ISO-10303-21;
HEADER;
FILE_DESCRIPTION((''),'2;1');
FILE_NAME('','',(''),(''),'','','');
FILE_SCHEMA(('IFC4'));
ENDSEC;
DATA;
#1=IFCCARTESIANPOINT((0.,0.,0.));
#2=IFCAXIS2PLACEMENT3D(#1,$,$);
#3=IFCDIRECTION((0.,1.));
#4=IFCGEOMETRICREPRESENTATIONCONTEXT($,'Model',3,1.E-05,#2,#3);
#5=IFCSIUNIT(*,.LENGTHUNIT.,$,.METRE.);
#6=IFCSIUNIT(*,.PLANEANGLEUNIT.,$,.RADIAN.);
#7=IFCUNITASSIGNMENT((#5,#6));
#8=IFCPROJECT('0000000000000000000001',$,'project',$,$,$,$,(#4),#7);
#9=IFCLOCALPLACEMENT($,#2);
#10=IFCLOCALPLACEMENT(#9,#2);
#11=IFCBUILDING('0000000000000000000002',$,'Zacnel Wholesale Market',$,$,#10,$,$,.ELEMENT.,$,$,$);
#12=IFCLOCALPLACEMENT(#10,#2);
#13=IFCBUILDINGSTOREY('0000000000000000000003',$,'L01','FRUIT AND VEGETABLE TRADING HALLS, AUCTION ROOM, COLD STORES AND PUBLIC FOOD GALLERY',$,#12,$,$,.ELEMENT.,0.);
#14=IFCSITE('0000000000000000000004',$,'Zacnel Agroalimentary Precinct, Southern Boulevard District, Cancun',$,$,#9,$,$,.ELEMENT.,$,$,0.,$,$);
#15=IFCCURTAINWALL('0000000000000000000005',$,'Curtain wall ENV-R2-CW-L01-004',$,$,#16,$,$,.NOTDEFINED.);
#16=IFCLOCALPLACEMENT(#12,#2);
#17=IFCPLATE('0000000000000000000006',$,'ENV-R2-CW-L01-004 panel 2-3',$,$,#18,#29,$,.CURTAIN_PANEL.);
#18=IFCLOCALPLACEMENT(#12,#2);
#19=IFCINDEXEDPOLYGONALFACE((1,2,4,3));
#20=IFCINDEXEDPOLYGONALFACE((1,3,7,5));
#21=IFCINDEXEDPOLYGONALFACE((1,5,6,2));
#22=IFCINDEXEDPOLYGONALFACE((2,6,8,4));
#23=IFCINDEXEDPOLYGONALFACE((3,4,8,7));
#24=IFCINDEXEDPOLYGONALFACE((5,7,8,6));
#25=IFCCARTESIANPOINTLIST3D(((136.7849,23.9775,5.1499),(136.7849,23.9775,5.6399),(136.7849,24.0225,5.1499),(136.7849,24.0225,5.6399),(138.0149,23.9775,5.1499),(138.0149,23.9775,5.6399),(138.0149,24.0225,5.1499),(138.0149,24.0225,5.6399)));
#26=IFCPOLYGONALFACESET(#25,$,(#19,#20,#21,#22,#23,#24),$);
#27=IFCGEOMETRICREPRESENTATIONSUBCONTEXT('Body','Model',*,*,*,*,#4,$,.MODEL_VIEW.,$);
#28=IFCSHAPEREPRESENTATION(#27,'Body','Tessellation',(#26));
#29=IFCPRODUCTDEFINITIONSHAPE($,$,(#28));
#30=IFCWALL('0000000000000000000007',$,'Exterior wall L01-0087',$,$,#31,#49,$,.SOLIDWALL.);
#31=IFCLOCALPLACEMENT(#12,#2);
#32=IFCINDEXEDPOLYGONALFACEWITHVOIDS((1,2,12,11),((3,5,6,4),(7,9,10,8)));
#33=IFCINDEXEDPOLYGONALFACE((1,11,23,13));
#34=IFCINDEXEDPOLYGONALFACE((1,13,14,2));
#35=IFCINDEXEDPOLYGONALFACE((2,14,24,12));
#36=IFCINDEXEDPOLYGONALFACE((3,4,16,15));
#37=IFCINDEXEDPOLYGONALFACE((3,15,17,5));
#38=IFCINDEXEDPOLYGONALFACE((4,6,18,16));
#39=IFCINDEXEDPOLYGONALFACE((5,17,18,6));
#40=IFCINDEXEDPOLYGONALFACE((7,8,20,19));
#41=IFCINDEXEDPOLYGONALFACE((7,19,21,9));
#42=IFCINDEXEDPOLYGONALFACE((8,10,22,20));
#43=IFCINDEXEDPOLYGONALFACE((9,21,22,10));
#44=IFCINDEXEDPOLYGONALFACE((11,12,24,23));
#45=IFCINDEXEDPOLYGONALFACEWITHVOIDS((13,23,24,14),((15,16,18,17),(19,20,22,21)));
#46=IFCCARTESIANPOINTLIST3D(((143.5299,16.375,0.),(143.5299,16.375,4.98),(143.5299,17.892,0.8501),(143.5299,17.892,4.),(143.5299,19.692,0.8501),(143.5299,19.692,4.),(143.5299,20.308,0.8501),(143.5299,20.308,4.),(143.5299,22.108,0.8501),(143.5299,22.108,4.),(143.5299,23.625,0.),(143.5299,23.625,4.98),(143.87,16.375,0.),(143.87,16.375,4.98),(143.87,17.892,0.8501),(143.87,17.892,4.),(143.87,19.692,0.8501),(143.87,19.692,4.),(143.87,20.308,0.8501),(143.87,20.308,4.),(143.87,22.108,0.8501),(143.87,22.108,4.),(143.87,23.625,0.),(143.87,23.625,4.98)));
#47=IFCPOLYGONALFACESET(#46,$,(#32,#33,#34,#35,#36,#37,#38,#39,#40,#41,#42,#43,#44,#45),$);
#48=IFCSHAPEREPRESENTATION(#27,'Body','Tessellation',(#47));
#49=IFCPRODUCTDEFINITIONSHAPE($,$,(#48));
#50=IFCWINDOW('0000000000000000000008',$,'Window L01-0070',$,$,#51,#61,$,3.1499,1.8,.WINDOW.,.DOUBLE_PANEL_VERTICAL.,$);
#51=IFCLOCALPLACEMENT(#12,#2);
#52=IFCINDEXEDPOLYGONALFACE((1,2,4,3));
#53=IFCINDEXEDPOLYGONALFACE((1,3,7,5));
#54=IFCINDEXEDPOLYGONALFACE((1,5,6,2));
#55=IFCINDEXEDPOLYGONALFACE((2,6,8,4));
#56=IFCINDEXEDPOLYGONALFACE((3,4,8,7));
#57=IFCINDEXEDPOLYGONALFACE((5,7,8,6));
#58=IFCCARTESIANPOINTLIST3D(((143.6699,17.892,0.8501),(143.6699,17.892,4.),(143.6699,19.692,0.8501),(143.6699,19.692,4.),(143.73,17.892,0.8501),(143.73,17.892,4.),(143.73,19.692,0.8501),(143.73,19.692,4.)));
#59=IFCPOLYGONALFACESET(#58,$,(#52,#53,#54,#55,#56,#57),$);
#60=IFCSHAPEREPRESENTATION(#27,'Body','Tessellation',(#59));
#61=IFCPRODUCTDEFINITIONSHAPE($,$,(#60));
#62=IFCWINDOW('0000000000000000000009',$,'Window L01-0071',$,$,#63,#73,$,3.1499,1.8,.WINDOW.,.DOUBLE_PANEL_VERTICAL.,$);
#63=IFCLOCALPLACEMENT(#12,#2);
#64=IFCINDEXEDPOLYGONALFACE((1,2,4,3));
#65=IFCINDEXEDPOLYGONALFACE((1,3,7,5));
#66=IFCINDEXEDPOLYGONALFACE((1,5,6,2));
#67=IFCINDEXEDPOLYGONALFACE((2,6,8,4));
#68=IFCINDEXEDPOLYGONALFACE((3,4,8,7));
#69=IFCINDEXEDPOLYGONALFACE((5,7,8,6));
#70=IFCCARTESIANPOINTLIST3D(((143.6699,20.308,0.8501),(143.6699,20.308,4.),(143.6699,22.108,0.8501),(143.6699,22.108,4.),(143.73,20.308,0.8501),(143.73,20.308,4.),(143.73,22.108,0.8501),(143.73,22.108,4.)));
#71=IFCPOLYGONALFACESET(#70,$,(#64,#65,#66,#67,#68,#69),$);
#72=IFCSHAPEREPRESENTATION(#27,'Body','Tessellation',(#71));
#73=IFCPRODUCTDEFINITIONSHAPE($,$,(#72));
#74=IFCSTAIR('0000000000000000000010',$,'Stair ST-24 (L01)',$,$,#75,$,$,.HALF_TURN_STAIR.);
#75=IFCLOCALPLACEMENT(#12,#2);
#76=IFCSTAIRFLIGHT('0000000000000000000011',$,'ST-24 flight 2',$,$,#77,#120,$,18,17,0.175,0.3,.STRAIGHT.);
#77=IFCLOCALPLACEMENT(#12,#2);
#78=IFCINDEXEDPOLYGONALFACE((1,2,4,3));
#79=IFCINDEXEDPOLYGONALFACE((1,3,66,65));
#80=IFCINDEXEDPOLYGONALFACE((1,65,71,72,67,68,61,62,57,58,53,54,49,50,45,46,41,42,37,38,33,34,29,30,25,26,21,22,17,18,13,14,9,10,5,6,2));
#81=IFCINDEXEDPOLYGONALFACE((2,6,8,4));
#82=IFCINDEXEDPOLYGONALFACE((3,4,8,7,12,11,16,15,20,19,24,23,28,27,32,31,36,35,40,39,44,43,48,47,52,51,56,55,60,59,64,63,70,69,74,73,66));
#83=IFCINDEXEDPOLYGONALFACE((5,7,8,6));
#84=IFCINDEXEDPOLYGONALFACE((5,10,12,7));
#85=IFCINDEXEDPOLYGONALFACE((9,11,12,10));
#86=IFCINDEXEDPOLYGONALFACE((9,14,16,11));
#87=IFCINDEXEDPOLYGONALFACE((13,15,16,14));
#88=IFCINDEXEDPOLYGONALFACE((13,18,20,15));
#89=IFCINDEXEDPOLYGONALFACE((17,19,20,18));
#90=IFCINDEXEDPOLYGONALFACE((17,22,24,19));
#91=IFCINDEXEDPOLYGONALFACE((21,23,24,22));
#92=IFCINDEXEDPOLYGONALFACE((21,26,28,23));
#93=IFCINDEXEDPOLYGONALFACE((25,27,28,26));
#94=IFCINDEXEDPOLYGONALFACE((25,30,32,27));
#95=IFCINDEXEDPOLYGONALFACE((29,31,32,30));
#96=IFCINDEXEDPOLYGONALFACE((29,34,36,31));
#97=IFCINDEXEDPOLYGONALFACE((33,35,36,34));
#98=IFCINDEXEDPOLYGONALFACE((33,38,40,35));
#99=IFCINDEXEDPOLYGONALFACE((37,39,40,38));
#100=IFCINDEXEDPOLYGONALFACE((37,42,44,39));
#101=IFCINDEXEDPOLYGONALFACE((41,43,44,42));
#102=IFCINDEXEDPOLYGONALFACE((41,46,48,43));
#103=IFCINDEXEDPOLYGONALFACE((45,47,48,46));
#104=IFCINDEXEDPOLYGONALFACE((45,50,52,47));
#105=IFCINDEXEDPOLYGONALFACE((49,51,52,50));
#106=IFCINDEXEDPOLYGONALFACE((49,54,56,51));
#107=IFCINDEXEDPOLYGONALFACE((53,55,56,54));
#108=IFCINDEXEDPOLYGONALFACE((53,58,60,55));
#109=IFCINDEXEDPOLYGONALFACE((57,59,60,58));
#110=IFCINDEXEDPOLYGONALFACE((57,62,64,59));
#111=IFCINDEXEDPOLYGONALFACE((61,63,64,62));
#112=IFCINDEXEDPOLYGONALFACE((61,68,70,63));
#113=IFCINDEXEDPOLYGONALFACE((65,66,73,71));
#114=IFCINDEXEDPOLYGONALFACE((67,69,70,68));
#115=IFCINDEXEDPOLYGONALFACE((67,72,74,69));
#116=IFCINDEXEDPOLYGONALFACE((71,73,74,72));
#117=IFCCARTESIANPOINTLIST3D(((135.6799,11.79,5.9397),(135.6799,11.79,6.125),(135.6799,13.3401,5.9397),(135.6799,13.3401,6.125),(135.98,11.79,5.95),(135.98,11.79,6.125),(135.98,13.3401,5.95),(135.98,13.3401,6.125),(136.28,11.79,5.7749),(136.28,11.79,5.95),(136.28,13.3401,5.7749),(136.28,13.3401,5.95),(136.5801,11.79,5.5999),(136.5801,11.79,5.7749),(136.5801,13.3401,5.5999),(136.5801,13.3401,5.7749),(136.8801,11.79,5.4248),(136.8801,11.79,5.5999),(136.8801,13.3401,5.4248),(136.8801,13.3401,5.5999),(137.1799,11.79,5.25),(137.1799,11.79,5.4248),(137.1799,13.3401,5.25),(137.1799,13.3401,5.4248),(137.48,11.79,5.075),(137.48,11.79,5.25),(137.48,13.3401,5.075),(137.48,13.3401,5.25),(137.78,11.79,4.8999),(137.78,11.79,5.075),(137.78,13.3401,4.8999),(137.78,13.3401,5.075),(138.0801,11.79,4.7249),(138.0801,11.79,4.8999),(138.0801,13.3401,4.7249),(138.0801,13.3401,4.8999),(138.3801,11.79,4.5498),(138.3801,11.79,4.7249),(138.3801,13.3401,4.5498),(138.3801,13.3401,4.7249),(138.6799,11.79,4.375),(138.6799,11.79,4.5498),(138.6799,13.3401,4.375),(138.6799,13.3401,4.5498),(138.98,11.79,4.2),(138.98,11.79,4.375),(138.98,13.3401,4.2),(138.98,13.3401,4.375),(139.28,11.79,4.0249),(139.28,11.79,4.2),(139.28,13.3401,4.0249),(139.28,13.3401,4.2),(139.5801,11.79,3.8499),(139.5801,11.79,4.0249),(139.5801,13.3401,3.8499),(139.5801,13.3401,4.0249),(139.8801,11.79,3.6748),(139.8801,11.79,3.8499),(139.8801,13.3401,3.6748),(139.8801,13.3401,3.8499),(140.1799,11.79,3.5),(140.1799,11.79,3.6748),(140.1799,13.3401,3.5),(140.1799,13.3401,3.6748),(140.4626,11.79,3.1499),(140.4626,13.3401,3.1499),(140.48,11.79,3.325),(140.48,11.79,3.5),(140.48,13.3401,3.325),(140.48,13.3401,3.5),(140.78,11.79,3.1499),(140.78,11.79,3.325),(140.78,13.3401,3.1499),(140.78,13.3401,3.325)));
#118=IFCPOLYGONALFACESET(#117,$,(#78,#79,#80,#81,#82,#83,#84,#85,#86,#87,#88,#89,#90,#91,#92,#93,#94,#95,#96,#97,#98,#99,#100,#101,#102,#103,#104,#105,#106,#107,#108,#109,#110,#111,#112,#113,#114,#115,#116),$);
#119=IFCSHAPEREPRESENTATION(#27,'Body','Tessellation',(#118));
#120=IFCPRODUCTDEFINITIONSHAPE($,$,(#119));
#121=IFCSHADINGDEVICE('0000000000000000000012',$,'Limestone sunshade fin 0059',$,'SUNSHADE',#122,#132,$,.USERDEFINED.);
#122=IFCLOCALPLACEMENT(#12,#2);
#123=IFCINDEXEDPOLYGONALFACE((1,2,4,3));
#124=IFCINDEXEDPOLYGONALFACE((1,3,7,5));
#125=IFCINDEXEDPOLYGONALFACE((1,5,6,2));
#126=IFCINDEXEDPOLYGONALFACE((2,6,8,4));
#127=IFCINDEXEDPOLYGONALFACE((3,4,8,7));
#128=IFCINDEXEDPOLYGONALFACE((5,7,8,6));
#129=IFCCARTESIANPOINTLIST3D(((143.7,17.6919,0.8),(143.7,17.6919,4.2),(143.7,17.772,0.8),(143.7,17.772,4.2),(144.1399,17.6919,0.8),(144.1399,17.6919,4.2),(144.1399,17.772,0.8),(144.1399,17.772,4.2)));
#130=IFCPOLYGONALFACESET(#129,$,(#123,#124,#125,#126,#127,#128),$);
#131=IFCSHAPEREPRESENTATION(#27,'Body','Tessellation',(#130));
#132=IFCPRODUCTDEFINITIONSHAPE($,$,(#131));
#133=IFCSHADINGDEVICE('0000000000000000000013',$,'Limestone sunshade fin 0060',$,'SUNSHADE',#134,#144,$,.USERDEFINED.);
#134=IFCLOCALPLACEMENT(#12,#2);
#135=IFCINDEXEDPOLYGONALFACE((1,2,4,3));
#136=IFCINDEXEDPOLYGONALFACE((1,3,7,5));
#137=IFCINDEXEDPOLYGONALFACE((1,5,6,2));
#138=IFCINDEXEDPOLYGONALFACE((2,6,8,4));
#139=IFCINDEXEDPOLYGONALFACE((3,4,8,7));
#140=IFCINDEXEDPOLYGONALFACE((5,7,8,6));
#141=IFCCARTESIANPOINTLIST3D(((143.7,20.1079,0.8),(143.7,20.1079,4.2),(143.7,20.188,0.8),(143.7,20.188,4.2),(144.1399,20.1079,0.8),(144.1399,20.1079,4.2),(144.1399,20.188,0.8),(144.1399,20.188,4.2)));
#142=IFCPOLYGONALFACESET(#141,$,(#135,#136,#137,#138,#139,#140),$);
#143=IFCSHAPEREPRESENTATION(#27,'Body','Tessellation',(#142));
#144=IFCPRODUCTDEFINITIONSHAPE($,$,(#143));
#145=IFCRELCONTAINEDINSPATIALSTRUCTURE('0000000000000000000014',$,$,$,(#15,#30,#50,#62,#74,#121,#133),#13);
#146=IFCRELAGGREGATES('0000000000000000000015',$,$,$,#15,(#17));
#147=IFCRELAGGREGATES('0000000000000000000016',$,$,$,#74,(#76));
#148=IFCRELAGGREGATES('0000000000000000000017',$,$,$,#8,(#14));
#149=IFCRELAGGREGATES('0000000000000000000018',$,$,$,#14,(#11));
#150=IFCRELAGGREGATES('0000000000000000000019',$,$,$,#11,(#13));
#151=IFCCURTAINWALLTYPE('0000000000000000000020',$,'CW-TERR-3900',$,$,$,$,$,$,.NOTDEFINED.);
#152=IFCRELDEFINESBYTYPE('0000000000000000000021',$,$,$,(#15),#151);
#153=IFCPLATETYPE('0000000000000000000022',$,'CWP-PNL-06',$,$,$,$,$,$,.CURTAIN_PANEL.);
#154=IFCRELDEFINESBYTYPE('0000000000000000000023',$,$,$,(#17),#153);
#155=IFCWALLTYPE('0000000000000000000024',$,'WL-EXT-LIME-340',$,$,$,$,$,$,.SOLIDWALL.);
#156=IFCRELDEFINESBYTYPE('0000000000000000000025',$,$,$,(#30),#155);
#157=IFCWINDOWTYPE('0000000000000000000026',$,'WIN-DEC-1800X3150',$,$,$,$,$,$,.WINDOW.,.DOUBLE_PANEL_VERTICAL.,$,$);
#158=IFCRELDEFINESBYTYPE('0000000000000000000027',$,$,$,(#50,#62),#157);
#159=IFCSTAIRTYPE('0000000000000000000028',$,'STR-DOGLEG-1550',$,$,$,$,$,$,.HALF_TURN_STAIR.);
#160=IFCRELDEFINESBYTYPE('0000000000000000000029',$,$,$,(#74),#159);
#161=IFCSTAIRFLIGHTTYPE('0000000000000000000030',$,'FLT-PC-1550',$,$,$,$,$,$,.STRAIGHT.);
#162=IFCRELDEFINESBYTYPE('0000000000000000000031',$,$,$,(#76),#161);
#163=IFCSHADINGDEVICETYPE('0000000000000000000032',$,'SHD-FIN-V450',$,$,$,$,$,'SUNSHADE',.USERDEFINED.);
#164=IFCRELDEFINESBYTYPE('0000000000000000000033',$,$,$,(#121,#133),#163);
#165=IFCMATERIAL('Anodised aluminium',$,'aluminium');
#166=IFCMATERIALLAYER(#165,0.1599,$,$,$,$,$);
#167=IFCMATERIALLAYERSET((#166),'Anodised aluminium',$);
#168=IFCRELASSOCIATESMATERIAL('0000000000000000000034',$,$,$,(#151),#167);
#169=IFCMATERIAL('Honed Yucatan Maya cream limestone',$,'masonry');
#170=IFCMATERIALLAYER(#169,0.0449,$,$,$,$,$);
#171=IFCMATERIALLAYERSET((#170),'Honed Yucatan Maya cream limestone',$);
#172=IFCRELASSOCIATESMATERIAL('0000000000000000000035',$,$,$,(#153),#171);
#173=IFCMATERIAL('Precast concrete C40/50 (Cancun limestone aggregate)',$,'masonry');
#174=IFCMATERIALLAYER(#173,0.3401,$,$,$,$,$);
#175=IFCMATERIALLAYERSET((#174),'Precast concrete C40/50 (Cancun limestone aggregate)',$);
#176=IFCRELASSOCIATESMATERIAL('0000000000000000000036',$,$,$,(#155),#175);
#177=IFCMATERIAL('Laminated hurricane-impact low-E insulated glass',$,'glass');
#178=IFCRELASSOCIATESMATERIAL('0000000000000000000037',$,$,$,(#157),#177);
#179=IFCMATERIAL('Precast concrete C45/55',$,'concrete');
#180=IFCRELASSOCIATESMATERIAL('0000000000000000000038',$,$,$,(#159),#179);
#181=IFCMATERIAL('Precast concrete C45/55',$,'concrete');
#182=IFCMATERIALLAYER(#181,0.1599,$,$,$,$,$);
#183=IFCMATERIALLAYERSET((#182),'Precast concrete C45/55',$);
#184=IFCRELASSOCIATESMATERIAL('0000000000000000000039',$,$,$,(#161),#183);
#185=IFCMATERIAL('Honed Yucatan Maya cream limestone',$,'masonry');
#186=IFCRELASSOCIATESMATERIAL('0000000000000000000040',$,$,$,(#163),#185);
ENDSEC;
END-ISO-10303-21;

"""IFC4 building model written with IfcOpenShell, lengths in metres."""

from ifc_helpers import new_model, si_unit, direction, frame, frame_2d, origin, origin_2d, place, context, subcontext, project, spatial, polyline, rectangle, outline, extrude, material, layer, layer_set, type_object, element, fill, aggregate, save


model = new_model("IFC4")

# Units and contexts
model_context = context("Model", 3, precision=1e-05, world=origin(), true_north=direction((0.0, 1.0)))
body_context = subcontext(model_context, "Body", "Model", "MODEL_VIEW")
ifc_project = project(units=[si_unit("LENGTHUNIT", "METRE"), si_unit("PLANEANGLEUNIT", "RADIAN")], contexts=[model_context])

# Site, building, storey
site_placement = place(None, origin())
site = spatial("IfcSite", under=ifc_project, at=site_placement, Name="Zacnel Agroalimentary Precinct, Southern Boulevard District, Cancun", CompositionType="ELEMENT", RefElevation=0.0)
building_placement = place(site_placement, origin())
building = spatial("IfcBuilding", under=site, at=building_placement, Name="Zacnel Wholesale Market", CompositionType="ELEMENT")
storey_placement = place(building_placement, origin())
storey = spatial("IfcBuildingStorey", under=building, at=storey_placement, Name="L01", Description="FRUIT AND VEGETABLE TRADING HALLS, AUCTION ROOM, COLD STORES AND PUBLIC FOOD GALLERY", CompositionType="ELEMENT", Elevation=0.0)

# Curtain wall, plate
ifc_material_1 = material(Name="Anodised aluminium", Category="aluminium")
ifc_layer_1 = layer(ifc_material_1, 0.1599)
ifc_layer_set_1 = layer_set([ifc_layer_1], Name="Anodised aluminium")
curtain_wall_type = type_object("IfcCurtainWallType", Name="CW-TERR-3900", PredefinedType="NOTDEFINED", material=ifc_layer_set_1)
curtain_wall_placement = place(storey_placement, origin())
curtain_wall = element("IfcCurtainWall", 1, at=curtain_wall_placement, inside=storey, type_object=curtain_wall_type, Name="Curtain wall ENV-R2-CW-L01-004", PredefinedType="NOTDEFINED")
ifc_material_2 = material(Name="Honed Yucatan Maya cream limestone", Category="masonry")
ifc_layer_2 = layer(ifc_material_2, 0.0449)
ifc_layer_set_2 = layer_set([ifc_layer_2], Name="Honed Yucatan Maya cream limestone")
plate_type_1 = type_object("IfcPlateType", Name="CWP-PNL-06", PredefinedType="CURTAIN_PANEL", material=ifc_layer_set_2)
plate_1_placement = place(storey_placement, frame((137.3999, 24.0, 5.1499), z_axis=(0.0, 0.0, 1.0), x_axis=(1.0, 0.0, 0.0)))
plate_1 = element("IfcPlate", 2, at=plate_1_placement, type_object=plate_type_1, Name="ENV-R2-CW-L01-004 panel 2-3", PredefinedType="CURTAIN_PANEL", context=body_context, shape_type="SweptSolid", body=[
    extrude(rectangle(XDim=1.23, YDim=0.0449, at=origin_2d()), origin(), (0.0, 0.0, 1.0), 0.49),
])
aggregate(curtain_wall, [plate_1])

# Wall, openings, windows
ifc_material_3 = material(Name="Precast concrete C40/50 (Cancun limestone aggregate)", Category="masonry")
ifc_layer_3 = layer(ifc_material_3, 0.3401)
ifc_layer_set_3 = layer_set([ifc_layer_3], Name="Precast concrete C40/50 (Cancun limestone aggregate)")
wall_type = type_object("IfcWallType", Name="WL-EXT-LIME-340", PredefinedType="SOLIDWALL", material=ifc_layer_set_3)
wall_placement = place(storey_placement, frame((143.7, 16.375, 0.0), z_axis=(0.0, 0.0, 1.0), x_axis=(0.0, 1.0, 0.0)))
wall = element("IfcWall", 3, at=wall_placement, inside=storey, type_object=wall_type, Name="Exterior wall L01-0087", PredefinedType="SOLIDWALL", context=body_context, shape_type="SweptSolid", body=[
    extrude(rectangle(XDim=7.25, YDim=0.3401, at=frame_2d((3.625, 0.0))), origin(), (0.0, 0.0, 1.0), 4.98),
])
opening_1_placement = place(wall_placement, frame((1.5171, 0.0, 0.8501)))
opening_1 = element("IfcOpeningElement", 4, at=opening_1_placement, cuts=wall, PredefinedType="OPENING", context=body_context, shape_type="SweptSolid", body=[
    extrude(rectangle(XDim=1.8, YDim=3.1499, at=frame_2d((0.8999, 1.575))), frame((0.0, 0.1799, 0.0), z_axis=(0.0, -1.0, 0.0), x_axis=(1.0, 0.0, 0.0)), (0.0, 0.0, 1.0), 0.3601),
])
opening_2_placement = place(wall_placement, frame((3.9331, 0.0, 0.8501)))
opening_2 = element("IfcOpeningElement", 5, at=opening_2_placement, cuts=wall, PredefinedType="OPENING", context=body_context, shape_type="SweptSolid", body=[
    extrude(rectangle(XDim=1.8, YDim=3.1499, at=frame_2d((0.8999, 1.575))), frame((0.0, 0.1799, 0.0), z_axis=(0.0, -1.0, 0.0), x_axis=(1.0, 0.0, 0.0)), (0.0, 0.0, 1.0), 0.3601),
])
ifc_material_4 = material(Name="Laminated hurricane-impact low-E insulated glass", Category="glass")
window_type = type_object("IfcWindowType", Name="WIN-DEC-1800X3150", PartitioningType="DOUBLE_PANEL_VERTICAL", PredefinedType="WINDOW", material=ifc_material_4)
window_1_placement = place(opening_1_placement, origin())
window_1 = element("IfcWindow", 6, at=window_1_placement, inside=storey, type_object=window_type, Name="Window L01-0070", OverallHeight=3.1499, OverallWidth=1.8, PartitioningType="DOUBLE_PANEL_VERTICAL", PredefinedType="WINDOW", context=body_context, shape_type="SweptSolid", body=[
    extrude(rectangle(XDim=1.8, YDim=3.1499, at=frame_2d((0.8999, 1.575))), frame((0.0, 0.03, 0.0), z_axis=(0.0, -1.0, 0.0), x_axis=(1.0, 0.0, 0.0)), (0.0, 0.0, 1.0), 0.0601),
])
fill(opening_1, window_1)
window_2_placement = place(opening_2_placement, origin())
window_2 = element("IfcWindow", 7, at=window_2_placement, inside=storey, type_object=window_type, Name="Window L01-0071", OverallHeight=3.1499, OverallWidth=1.8, PartitioningType="DOUBLE_PANEL_VERTICAL", PredefinedType="WINDOW", context=body_context, shape_type="SweptSolid", body=[
    extrude(rectangle(XDim=1.8, YDim=3.1499, at=frame_2d((0.8999, 1.575))), frame((0.0, 0.03, 0.0), z_axis=(0.0, -1.0, 0.0), x_axis=(1.0, 0.0, 0.0)), (0.0, 0.0, 1.0), 0.0601),
])
fill(opening_2, window_2)

# Stair, stair flight
ifc_material_5 = material(Name="Precast concrete C45/55", Category="concrete")
stair_type = type_object("IfcStairType", Name="STR-DOGLEG-1550", PredefinedType="HALF_TURN_STAIR", material=ifc_material_5)
stair_placement = place(storey_placement, origin())
stair = element("IfcStair", 8, at=stair_placement, inside=storey, type_object=stair_type, Name="Stair ST-24 (L01)", PredefinedType="HALF_TURN_STAIR")
ifc_material_6 = material(Name="Precast concrete C45/55", Category="concrete")
ifc_layer_4 = layer(ifc_material_6, 0.1599)
ifc_layer_set_4 = layer_set([ifc_layer_4], Name="Precast concrete C45/55")
stair_flight_type = type_object("IfcStairFlightType", Name="FLT-PC-1550", PredefinedType="STRAIGHT", material=ifc_layer_set_4)
stair_flight_placement = place(storey_placement, frame((140.78, 12.5649, 3.1499), z_axis=(0.0, 0.0, 1.0), x_axis=(-1.0, 0.0, 0.0)))
stair_flight = element("IfcStairFlight", 9, at=stair_flight_placement, type_object=stair_flight_type, Name="ST-24 flight 2", NumberOfRisers=18, NumberOfTreads=17, PredefinedType="STRAIGHT", RiserHeight=0.175, TreadLength=0.3, context=body_context, shape_type="SweptSolid", body=[
    extrude(outline(polyline([(0.0, 0.0), (0.0, 0.175), (0.3, 0.175), (0.3, 0.3501), (0.6001, 0.3501), (0.6001, 0.5249), (0.8999, 0.5249), (0.8999, 0.7), (1.2, 0.7), (1.2, 0.875), (1.5, 0.875), (1.5, 1.05), (1.8, 1.05), (1.8, 1.2251), (2.1001, 1.2251), (2.1001, 1.3999), (2.3999, 1.3999), (2.3999, 1.575), (2.7, 1.575), (2.7, 1.75), (3.0, 1.75), (3.0, 1.925), (3.3, 1.925), (3.3, 2.1001), (3.6001, 2.1001), (3.6001, 2.2749), (3.8999, 2.2749), (3.8999, 2.45), (4.2, 2.45), (4.2, 2.625), (4.5, 2.625), (4.5, 2.8), (4.8, 2.8), (4.8, 2.9751), (5.1001, 2.9751), (5.1001, 3.1499), (5.1001, 2.7898), (0.3174, 0.0), (0.0, 0.0)])), frame((0.0, 0.7749, 0.0), z_axis=(0.0, -1.0, 0.0), x_axis=(1.0, 0.0, 0.0)), (0.0, 0.0, 1.0), 1.55),
])
aggregate(stair, [stair_flight])

# Shading devices
ifc_material_7 = material(Name="Honed Yucatan Maya cream limestone", Category="masonry")
shading_device_type = type_object("IfcShadingDeviceType", Name="SHD-FIN-V450", ElementType="SUNSHADE", PredefinedType="USERDEFINED", material=ifc_material_7)
for number, where, z_axis, x_axis, name in (
    (10, (143.9199, 17.7319, 0.8), (0.0, 0.0, 1.0), (0.0, 1.0, 0.0), "Limestone sunshade fin 0059"),
    (11, (143.9199, 20.1479, 0.8), (0.0, 0.0, 1.0), (0.0, 1.0, 0.0), "Limestone sunshade fin 0060"),
):
    element("IfcShadingDevice", number, at=place(storey_placement, frame(where, z_axis=z_axis, x_axis=x_axis)), inside=storey, type_object=shading_device_type, Name=name, ObjectType="SUNSHADE", PredefinedType="USERDEFINED", context=body_context, shape_type="SweptSolid", body=[
        extrude(rectangle(XDim=0.0801, YDim=0.4399, at=origin_2d()), origin(), (0.0, 0.0, 1.0), 3.3999),
    ])

save(model, "model.ifc")
